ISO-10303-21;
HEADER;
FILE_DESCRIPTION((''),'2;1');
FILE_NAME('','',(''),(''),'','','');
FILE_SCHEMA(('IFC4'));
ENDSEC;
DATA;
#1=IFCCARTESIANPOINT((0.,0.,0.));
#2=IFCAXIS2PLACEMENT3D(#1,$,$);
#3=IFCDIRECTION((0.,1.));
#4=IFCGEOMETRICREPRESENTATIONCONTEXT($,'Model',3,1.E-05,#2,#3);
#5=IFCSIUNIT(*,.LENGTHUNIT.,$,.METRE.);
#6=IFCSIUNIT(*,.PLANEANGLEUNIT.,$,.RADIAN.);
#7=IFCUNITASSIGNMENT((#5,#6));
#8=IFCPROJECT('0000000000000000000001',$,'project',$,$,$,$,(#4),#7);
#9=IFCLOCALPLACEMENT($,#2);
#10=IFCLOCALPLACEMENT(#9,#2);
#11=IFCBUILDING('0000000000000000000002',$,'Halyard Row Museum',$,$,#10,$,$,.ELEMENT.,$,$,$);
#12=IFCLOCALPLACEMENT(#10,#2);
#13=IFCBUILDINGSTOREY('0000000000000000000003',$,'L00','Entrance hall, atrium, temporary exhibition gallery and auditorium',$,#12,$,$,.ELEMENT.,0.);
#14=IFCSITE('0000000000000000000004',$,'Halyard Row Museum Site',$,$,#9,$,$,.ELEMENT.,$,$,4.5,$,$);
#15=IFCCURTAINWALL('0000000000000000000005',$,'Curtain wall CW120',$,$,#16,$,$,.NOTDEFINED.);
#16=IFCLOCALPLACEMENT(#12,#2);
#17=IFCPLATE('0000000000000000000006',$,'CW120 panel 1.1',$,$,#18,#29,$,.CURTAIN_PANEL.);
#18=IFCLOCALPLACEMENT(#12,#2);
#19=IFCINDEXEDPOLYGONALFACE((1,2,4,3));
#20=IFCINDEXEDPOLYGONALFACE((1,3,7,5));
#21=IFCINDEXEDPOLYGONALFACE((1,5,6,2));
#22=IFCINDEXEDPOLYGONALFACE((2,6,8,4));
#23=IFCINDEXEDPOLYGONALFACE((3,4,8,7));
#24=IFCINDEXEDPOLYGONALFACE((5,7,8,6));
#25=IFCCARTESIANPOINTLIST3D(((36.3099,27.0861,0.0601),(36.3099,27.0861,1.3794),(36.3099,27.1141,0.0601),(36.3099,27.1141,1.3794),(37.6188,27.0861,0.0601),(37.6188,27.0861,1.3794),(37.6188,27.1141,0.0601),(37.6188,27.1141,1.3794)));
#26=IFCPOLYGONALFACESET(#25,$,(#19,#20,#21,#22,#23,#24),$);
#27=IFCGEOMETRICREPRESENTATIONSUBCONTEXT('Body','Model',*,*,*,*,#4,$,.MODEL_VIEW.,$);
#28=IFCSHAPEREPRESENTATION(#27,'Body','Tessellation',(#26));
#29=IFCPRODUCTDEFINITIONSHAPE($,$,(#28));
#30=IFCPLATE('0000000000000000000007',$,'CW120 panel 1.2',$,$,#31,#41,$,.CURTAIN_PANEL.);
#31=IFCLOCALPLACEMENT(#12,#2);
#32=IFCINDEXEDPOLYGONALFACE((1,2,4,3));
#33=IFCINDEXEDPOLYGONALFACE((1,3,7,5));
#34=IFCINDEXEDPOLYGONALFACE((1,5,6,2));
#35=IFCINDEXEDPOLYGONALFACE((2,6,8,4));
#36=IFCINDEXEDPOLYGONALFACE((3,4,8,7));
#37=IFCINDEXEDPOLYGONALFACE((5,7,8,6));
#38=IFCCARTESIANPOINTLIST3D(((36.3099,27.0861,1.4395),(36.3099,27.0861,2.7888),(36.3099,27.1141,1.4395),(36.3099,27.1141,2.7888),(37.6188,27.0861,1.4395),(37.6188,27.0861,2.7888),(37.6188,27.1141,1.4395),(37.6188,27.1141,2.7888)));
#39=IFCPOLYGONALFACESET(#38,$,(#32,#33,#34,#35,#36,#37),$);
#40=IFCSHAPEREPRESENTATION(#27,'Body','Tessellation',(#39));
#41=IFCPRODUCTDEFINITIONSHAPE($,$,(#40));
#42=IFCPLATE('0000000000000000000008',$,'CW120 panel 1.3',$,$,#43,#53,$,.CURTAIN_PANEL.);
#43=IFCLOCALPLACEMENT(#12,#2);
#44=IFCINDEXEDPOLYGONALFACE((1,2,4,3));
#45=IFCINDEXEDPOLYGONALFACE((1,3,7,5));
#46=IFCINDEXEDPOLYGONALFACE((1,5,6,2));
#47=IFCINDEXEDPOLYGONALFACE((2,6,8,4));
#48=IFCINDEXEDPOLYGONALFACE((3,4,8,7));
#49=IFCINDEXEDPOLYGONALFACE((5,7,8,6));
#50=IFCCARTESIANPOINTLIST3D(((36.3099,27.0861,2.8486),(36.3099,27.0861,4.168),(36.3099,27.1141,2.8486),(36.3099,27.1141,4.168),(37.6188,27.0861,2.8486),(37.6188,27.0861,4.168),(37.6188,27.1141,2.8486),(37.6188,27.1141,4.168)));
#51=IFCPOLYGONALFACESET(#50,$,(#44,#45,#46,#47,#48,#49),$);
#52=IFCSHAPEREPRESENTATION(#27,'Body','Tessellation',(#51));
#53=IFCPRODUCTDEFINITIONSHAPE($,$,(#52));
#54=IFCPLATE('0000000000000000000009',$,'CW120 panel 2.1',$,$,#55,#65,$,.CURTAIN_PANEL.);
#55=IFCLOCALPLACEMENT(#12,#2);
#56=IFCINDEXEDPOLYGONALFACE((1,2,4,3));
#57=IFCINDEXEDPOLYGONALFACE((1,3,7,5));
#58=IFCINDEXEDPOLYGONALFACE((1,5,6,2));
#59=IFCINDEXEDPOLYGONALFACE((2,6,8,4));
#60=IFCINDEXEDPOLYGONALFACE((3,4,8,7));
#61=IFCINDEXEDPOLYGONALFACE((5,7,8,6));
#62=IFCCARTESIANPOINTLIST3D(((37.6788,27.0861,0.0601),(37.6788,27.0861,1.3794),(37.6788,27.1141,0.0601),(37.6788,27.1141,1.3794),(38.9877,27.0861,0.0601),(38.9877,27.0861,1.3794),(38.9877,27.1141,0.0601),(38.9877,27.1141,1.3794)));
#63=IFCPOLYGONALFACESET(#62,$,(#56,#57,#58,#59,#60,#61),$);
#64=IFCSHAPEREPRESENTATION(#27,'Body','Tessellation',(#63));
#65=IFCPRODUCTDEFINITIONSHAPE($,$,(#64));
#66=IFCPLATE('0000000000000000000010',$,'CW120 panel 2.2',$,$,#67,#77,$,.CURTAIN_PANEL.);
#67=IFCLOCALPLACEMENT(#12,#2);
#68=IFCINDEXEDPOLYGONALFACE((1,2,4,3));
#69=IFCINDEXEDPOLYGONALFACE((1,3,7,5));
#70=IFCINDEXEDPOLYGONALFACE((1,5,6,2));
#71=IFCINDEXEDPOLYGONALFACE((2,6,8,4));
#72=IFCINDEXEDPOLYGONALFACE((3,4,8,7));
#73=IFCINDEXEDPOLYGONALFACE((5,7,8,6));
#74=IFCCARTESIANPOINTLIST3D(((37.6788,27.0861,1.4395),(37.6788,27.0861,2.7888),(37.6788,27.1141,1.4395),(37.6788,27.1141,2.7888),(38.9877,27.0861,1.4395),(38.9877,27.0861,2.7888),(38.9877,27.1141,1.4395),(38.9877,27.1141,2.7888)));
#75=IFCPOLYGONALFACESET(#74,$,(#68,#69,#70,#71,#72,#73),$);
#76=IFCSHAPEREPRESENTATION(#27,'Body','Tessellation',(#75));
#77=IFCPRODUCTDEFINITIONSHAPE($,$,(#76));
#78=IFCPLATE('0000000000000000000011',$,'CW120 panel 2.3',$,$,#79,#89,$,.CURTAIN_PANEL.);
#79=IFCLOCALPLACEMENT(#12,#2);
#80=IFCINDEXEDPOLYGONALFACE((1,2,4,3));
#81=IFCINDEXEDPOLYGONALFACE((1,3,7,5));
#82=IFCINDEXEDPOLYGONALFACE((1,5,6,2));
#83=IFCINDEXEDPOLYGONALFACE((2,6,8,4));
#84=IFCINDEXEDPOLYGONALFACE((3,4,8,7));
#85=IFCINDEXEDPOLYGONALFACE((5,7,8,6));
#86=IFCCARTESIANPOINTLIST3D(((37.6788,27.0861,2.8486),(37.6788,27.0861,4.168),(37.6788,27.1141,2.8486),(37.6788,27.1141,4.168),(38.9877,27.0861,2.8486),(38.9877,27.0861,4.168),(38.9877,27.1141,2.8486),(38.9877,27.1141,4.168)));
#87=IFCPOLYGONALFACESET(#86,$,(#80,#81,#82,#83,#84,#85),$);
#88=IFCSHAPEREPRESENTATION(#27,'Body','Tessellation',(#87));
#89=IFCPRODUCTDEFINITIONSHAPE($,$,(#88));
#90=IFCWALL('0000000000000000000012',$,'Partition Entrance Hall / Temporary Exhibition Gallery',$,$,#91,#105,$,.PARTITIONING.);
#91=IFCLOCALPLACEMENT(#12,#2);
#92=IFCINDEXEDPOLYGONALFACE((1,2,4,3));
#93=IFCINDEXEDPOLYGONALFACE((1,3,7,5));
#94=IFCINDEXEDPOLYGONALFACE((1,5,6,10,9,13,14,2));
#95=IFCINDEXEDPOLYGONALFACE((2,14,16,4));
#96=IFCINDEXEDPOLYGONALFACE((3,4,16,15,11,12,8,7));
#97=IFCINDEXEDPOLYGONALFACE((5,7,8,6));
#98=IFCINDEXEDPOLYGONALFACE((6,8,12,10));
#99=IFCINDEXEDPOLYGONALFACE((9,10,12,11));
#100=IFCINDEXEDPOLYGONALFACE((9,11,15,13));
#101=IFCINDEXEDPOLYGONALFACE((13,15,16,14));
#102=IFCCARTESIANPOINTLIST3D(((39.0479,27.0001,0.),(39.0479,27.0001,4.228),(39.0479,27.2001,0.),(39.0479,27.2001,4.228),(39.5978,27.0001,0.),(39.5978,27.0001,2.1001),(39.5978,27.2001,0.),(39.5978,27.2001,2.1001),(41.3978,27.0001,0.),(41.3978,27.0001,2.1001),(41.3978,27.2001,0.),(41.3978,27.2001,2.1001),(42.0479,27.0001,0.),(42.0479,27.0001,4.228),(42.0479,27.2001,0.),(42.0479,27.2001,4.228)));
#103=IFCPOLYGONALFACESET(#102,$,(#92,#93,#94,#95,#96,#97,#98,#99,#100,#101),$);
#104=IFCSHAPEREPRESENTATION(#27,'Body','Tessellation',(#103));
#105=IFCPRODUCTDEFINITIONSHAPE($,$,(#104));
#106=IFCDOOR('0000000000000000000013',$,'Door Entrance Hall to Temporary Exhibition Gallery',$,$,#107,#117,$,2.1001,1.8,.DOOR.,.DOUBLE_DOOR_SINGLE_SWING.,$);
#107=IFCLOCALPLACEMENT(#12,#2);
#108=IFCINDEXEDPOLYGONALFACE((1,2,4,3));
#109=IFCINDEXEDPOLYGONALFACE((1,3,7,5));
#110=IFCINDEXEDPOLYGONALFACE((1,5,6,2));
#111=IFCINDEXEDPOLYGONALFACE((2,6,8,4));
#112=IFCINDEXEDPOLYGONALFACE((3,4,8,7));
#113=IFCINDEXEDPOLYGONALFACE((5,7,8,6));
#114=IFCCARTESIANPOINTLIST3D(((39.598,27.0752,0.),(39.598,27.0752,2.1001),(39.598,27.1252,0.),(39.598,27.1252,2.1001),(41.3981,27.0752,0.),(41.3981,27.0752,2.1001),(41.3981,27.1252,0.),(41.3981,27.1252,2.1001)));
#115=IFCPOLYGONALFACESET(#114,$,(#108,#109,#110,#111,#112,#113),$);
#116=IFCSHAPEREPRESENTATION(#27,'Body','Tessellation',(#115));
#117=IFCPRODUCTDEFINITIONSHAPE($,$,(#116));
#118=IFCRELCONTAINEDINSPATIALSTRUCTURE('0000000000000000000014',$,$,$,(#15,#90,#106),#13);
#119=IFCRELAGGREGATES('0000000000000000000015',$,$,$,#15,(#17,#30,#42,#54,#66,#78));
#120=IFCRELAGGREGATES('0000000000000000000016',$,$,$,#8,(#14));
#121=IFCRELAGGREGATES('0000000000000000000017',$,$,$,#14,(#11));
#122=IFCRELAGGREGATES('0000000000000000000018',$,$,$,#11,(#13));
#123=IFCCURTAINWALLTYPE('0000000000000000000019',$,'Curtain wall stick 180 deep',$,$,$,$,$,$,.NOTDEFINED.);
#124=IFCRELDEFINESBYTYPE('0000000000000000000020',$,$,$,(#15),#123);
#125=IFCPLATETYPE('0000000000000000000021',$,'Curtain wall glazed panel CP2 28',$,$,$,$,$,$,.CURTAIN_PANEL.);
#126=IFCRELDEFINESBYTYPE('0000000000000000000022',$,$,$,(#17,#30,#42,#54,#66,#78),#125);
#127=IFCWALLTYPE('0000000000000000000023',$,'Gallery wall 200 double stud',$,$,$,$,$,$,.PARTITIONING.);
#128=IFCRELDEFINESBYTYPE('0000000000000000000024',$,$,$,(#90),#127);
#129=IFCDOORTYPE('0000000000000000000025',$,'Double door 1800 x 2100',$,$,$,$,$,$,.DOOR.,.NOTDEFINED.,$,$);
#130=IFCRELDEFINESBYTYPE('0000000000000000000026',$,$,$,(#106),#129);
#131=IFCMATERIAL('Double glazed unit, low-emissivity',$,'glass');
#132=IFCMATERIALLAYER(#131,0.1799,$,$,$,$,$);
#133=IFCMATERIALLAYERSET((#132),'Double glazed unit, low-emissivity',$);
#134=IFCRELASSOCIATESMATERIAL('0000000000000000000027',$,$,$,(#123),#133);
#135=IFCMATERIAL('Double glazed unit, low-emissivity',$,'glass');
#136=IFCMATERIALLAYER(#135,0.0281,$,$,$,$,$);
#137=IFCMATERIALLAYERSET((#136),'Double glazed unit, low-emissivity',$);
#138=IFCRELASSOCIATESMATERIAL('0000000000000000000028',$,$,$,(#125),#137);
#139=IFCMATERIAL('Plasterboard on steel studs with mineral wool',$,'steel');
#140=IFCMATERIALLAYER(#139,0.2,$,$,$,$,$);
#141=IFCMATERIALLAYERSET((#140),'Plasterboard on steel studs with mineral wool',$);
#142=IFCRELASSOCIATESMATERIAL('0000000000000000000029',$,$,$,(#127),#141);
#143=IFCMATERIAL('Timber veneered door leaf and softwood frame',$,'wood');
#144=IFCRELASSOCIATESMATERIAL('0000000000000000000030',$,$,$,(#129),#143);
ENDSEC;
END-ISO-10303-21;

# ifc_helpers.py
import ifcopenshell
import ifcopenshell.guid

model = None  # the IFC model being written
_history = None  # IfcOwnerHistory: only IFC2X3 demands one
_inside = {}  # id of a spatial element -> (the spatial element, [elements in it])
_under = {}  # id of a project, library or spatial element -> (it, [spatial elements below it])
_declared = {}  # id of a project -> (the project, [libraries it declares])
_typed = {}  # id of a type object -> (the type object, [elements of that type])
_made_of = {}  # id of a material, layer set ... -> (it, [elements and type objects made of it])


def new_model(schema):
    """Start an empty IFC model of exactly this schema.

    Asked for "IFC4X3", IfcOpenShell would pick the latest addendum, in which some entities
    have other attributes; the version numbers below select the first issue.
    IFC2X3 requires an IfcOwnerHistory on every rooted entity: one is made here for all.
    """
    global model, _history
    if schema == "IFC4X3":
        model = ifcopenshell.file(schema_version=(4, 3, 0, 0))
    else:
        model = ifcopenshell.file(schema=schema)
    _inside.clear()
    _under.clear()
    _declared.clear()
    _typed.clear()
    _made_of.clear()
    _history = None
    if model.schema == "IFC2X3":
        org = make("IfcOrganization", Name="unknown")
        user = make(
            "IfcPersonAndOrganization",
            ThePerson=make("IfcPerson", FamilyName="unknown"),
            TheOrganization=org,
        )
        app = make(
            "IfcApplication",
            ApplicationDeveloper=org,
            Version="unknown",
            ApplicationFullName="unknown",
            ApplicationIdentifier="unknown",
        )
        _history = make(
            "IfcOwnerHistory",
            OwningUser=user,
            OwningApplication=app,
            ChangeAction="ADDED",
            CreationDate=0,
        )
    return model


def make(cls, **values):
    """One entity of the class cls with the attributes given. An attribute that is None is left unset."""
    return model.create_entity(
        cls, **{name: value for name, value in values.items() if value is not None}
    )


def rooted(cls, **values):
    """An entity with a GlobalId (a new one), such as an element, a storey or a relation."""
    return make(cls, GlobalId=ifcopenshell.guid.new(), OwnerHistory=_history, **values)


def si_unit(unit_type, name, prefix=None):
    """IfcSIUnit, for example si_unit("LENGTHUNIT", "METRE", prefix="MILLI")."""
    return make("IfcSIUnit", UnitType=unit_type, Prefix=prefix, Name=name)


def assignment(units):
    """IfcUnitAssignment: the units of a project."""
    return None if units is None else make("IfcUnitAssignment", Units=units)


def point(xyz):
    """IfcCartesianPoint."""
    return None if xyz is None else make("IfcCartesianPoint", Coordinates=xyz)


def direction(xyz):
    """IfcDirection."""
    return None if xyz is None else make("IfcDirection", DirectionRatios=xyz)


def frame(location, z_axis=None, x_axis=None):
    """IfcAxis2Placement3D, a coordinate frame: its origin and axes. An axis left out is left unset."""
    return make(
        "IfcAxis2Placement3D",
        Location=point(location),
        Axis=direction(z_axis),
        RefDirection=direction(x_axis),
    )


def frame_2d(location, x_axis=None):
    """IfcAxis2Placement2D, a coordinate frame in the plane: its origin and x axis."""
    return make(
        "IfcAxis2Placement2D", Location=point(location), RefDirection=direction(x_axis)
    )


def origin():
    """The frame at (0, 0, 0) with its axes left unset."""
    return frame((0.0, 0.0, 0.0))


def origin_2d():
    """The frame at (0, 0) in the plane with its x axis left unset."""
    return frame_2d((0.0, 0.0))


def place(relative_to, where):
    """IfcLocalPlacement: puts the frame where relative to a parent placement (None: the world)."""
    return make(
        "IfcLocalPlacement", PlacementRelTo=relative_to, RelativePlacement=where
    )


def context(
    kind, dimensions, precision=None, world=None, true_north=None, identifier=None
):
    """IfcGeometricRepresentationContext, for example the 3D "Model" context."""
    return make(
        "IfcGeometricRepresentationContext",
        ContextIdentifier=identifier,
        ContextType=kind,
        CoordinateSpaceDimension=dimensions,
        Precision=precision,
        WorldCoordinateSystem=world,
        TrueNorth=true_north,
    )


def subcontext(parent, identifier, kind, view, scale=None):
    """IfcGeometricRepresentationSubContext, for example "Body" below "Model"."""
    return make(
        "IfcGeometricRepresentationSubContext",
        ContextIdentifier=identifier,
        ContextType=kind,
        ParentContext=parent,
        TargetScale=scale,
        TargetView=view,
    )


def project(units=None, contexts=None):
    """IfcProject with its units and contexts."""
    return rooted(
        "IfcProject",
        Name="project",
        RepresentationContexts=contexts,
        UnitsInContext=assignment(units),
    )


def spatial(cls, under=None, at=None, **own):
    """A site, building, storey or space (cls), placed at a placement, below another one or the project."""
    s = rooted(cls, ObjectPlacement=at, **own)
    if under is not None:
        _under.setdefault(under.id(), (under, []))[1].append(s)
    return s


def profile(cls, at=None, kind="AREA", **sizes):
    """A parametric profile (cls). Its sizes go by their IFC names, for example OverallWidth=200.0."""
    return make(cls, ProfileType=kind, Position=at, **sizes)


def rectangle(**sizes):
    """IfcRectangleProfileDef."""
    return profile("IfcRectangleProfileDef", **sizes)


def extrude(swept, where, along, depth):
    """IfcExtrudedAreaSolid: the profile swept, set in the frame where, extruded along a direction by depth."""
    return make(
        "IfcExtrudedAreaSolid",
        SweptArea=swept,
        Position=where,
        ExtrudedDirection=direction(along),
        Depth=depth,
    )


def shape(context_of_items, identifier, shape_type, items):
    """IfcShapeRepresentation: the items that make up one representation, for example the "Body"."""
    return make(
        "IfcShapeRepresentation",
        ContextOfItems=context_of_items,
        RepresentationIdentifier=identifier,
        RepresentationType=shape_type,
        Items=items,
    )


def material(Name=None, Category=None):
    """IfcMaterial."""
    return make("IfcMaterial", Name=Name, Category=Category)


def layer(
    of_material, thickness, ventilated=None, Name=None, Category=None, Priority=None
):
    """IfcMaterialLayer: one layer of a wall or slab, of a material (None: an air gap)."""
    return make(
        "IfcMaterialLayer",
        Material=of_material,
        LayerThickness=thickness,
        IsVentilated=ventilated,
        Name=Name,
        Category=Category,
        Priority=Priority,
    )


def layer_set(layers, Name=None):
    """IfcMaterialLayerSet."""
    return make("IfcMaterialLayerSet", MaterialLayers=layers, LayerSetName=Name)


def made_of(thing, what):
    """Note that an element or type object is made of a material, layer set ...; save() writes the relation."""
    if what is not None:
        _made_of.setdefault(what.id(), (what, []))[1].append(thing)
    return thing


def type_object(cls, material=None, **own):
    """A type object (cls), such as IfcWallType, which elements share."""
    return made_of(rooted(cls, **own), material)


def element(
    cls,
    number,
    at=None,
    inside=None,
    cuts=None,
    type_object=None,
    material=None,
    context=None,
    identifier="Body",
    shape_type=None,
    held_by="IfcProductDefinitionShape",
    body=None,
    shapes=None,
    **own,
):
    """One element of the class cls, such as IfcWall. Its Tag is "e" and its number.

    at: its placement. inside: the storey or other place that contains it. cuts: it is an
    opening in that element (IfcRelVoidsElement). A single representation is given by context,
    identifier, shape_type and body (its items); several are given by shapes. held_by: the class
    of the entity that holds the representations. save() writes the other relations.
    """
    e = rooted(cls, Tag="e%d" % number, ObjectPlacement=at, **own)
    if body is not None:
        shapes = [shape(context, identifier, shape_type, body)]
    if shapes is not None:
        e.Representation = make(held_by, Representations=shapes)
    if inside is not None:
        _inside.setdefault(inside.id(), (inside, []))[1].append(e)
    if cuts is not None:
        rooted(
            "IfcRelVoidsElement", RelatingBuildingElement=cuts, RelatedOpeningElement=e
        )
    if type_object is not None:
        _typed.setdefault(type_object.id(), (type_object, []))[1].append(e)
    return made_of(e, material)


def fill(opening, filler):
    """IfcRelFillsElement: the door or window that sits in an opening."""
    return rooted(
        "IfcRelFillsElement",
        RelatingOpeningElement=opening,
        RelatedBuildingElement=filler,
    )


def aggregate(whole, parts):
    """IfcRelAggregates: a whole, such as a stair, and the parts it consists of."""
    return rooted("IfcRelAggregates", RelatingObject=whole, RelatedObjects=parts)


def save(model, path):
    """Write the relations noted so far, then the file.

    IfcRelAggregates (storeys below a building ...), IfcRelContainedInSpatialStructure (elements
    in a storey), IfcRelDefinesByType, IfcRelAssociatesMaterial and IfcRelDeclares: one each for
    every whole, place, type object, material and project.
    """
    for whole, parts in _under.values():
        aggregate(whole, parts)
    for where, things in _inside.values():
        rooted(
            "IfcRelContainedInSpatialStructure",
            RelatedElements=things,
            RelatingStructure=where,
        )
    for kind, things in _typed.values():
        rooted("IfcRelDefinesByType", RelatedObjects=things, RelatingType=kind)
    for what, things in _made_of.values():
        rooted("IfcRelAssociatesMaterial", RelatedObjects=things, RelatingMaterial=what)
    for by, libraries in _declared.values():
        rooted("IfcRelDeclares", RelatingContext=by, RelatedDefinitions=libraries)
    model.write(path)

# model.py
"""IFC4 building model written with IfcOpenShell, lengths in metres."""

from ifc_helpers import new_model, si_unit, direction, frame, frame_2d, origin, origin_2d, place, context, subcontext, project, spatial, rectangle, extrude, material, layer, layer_set, type_object, element, fill, aggregate, save


model = new_model("IFC4")

# Units and contexts
model_context = context("Model", 3, precision=1e-05, world=origin(), true_north=direction((0.0, 1.0)))
body_context = subcontext(model_context, "Body", "Model", "MODEL_VIEW")
ifc_project = project(units=[si_unit("LENGTHUNIT", "METRE"), si_unit("PLANEANGLEUNIT", "RADIAN")], contexts=[model_context])

# Site, building, storey
site_placement = place(None, origin())
site = spatial("IfcSite", under=ifc_project, at=site_placement, Name="Halyard Row Museum Site", CompositionType="ELEMENT", RefElevation=4.5)
building_placement = place(site_placement, origin())
building = spatial("IfcBuilding", under=site, at=building_placement, Name="Halyard Row Museum", CompositionType="ELEMENT")
storey_placement = place(building_placement, origin())
storey = spatial("IfcBuildingStorey", under=building, at=storey_placement, Name="L00", Description="Entrance hall, atrium, temporary exhibition gallery and auditorium", CompositionType="ELEMENT", Elevation=0.0)

# Curtain wall
ifc_material_1 = material(Name="Double glazed unit, low-emissivity", Category="glass")
ifc_layer_1 = layer(ifc_material_1, 0.1799)
ifc_layer_set_1 = layer_set([ifc_layer_1], Name="Double glazed unit, low-emissivity")
curtain_wall_type = type_object("IfcCurtainWallType", Name="Curtain wall stick 180 deep", PredefinedType="NOTDEFINED", material=ifc_layer_set_1)
curtain_wall_placement = place(storey_placement, origin())
curtain_wall = element("IfcCurtainWall", 1, at=curtain_wall_placement, inside=storey, type_object=curtain_wall_type, Name="Curtain wall CW120", PredefinedType="NOTDEFINED")

# Plates
ifc_material_2 = material(Name="Double glazed unit, low-emissivity", Category="glass")
ifc_layer_2 = layer(ifc_material_2, 0.0281)
ifc_layer_set_2 = layer_set([ifc_layer_2], Name="Double glazed unit, low-emissivity")
plate_type = type_object("IfcPlateType", Name="Curtain wall glazed panel CP2 28", PredefinedType="CURTAIN_PANEL", material=ifc_layer_set_2)
plate_1_placement = place(storey_placement, frame((36.9644, 27.1001, 0.0601), z_axis=(0.0, 0.0, 1.0), x_axis=(1.0, 0.0, 0.0)))
plate_1 = element("IfcPlate", 2, at=plate_1_placement, type_object=plate_type, Name="CW120 panel 1.1", PredefinedType="CURTAIN_PANEL", context=body_context, shape_type="SweptSolid", body=[
    extrude(rectangle(XDim=1.3088, YDim=0.0281, at=origin_2d()), origin(), (0.0, 0.0, 1.0), 1.3193),
])
plate_2_placement = place(storey_placement, frame((36.9644, 27.1001, 1.4395), z_axis=(0.0, 0.0, 1.0), x_axis=(1.0, 0.0, 0.0)))
plate_2 = element("IfcPlate", 3, at=plate_2_placement, type_object=plate_type, Name="CW120 panel 1.2", PredefinedType="CURTAIN_PANEL", context=body_context, shape_type="SweptSolid", body=[
    extrude(rectangle(XDim=1.3088, YDim=0.0281, at=origin_2d()), origin(), (0.0, 0.0, 1.0), 1.3494),
])
plate_3_placement = place(storey_placement, frame((36.9644, 27.1001, 2.8486), z_axis=(0.0, 0.0, 1.0), x_axis=(1.0, 0.0, 0.0)))
plate_3 = element("IfcPlate", 4, at=plate_3_placement, type_object=plate_type, Name="CW120 panel 1.3", PredefinedType="CURTAIN_PANEL", context=body_context, shape_type="SweptSolid", body=[
    extrude(rectangle(XDim=1.3088, YDim=0.0281, at=origin_2d()), origin(), (0.0, 0.0, 1.0), 1.3193),
])
plate_4_placement = place(storey_placement, frame((38.3333, 27.1001, 0.0601), z_axis=(0.0, 0.0, 1.0), x_axis=(1.0, 0.0, 0.0)))
plate_4 = element("IfcPlate", 5, at=plate_4_placement, type_object=plate_type, Name="CW120 panel 2.1", PredefinedType="CURTAIN_PANEL", context=body_context, shape_type="SweptSolid", body=[
    extrude(rectangle(XDim=1.3088, YDim=0.0281, at=origin_2d()), origin(), (0.0, 0.0, 1.0), 1.3193),
])
plate_5_placement = place(storey_placement, frame((38.3333, 27.1001, 1.4395), z_axis=(0.0, 0.0, 1.0), x_axis=(1.0, 0.0, 0.0)))
plate_5 = element("IfcPlate", 6, at=plate_5_placement, type_object=plate_type, Name="CW120 panel 2.2", PredefinedType="CURTAIN_PANEL", context=body_context, shape_type="SweptSolid", body=[
    extrude(rectangle(XDim=1.3088, YDim=0.0281, at=origin_2d()), origin(), (0.0, 0.0, 1.0), 1.3494),
])
plate_6_placement = place(storey_placement, frame((38.3333, 27.1001, 2.8486), z_axis=(0.0, 0.0, 1.0), x_axis=(1.0, 0.0, 0.0)))
plate_6 = element("IfcPlate", 7, at=plate_6_placement, type_object=plate_type, Name="CW120 panel 2.3", PredefinedType="CURTAIN_PANEL", context=body_context, shape_type="SweptSolid", body=[
    extrude(rectangle(XDim=1.3088, YDim=0.0281, at=origin_2d()), origin(), (0.0, 0.0, 1.0), 1.3193),
])
aggregate(curtain_wall, [plate_1, plate_2, plate_3, plate_4, plate_5, plate_6])

# Wall, opening, door
ifc_material_3 = material(Name="Plasterboard on steel studs with mineral wool", Category="steel")
ifc_layer_3 = layer(ifc_material_3, 0.2)
ifc_layer_set_3 = layer_set([ifc_layer_3], Name="Plasterboard on steel studs with mineral wool")
wall_type = type_object("IfcWallType", Name="Gallery wall 200 double stud", PredefinedType="PARTITIONING", material=ifc_layer_set_3)
wall_placement = place(storey_placement, frame((39.0479, 27.1001, 0.0), z_axis=(0.0, 0.0, 1.0), x_axis=(1.0, 0.0, 0.0)))
wall = element("IfcWall", 8, at=wall_placement, inside=storey, type_object=wall_type, Name="Partition Entrance Hall / Temporary Exhibition Gallery", PredefinedType="PARTITIONING", context=body_context, shape_type="SweptSolid", body=[
    extrude(rectangle(XDim=3.0, YDim=0.2, at=frame_2d((1.5, 0.0))), origin(), (0.0, 0.0, 1.0), 4.228),
])
opening_placement = place(wall_placement, frame((0.55, 0.0, 0.0)))
opening = element("IfcOpeningElement", 9, at=opening_placement, cuts=wall, PredefinedType="OPENING", context=body_context, shape_type="SweptSolid", body=[
    extrude(rectangle(XDim=1.8, YDim=2.1001, at=frame_2d((0.8999, 1.05))), frame((0.0, 0.1099, 0.0), z_axis=(0.0, -1.0, 0.0), x_axis=(1.0, 0.0, 0.0)), (0.0, 0.0, 1.0), 0.22),
])
ifc_material_4 = material(Name="Timber veneered door leaf and softwood frame", Category="wood")
door_type = type_object("IfcDoorType", Name="Double door 1800 x 2100", OperationType="NOTDEFINED", PredefinedType="DOOR", material=ifc_material_4)
door_placement = place(opening_placement, frame((1.8, 0.0, 0.0), z_axis=(0.0, 0.0, 1.0), x_axis=(-1.0, 0.0, 0.0)))
door = element("IfcDoor", 10, at=door_placement, inside=storey, type_object=door_type, Name="Door Entrance Hall to Temporary Exhibition Gallery", OperationType="DOUBLE_DOOR_SINGLE_SWING", OverallHeight=2.1001, OverallWidth=1.8, PredefinedType="DOOR", context=body_context, shape_type="SweptSolid", body=[
    extrude(rectangle(XDim=1.8, YDim=2.1001, at=frame_2d((0.8999, 1.05))), frame((0.0, 0.0249, 0.0), z_axis=(0.0, -1.0, 0.0), x_axis=(1.0, 0.0, 0.0)), (0.0, 0.0, 1.0), 0.05),
])
fill(opening, door)

save(model, "model.ifc")
